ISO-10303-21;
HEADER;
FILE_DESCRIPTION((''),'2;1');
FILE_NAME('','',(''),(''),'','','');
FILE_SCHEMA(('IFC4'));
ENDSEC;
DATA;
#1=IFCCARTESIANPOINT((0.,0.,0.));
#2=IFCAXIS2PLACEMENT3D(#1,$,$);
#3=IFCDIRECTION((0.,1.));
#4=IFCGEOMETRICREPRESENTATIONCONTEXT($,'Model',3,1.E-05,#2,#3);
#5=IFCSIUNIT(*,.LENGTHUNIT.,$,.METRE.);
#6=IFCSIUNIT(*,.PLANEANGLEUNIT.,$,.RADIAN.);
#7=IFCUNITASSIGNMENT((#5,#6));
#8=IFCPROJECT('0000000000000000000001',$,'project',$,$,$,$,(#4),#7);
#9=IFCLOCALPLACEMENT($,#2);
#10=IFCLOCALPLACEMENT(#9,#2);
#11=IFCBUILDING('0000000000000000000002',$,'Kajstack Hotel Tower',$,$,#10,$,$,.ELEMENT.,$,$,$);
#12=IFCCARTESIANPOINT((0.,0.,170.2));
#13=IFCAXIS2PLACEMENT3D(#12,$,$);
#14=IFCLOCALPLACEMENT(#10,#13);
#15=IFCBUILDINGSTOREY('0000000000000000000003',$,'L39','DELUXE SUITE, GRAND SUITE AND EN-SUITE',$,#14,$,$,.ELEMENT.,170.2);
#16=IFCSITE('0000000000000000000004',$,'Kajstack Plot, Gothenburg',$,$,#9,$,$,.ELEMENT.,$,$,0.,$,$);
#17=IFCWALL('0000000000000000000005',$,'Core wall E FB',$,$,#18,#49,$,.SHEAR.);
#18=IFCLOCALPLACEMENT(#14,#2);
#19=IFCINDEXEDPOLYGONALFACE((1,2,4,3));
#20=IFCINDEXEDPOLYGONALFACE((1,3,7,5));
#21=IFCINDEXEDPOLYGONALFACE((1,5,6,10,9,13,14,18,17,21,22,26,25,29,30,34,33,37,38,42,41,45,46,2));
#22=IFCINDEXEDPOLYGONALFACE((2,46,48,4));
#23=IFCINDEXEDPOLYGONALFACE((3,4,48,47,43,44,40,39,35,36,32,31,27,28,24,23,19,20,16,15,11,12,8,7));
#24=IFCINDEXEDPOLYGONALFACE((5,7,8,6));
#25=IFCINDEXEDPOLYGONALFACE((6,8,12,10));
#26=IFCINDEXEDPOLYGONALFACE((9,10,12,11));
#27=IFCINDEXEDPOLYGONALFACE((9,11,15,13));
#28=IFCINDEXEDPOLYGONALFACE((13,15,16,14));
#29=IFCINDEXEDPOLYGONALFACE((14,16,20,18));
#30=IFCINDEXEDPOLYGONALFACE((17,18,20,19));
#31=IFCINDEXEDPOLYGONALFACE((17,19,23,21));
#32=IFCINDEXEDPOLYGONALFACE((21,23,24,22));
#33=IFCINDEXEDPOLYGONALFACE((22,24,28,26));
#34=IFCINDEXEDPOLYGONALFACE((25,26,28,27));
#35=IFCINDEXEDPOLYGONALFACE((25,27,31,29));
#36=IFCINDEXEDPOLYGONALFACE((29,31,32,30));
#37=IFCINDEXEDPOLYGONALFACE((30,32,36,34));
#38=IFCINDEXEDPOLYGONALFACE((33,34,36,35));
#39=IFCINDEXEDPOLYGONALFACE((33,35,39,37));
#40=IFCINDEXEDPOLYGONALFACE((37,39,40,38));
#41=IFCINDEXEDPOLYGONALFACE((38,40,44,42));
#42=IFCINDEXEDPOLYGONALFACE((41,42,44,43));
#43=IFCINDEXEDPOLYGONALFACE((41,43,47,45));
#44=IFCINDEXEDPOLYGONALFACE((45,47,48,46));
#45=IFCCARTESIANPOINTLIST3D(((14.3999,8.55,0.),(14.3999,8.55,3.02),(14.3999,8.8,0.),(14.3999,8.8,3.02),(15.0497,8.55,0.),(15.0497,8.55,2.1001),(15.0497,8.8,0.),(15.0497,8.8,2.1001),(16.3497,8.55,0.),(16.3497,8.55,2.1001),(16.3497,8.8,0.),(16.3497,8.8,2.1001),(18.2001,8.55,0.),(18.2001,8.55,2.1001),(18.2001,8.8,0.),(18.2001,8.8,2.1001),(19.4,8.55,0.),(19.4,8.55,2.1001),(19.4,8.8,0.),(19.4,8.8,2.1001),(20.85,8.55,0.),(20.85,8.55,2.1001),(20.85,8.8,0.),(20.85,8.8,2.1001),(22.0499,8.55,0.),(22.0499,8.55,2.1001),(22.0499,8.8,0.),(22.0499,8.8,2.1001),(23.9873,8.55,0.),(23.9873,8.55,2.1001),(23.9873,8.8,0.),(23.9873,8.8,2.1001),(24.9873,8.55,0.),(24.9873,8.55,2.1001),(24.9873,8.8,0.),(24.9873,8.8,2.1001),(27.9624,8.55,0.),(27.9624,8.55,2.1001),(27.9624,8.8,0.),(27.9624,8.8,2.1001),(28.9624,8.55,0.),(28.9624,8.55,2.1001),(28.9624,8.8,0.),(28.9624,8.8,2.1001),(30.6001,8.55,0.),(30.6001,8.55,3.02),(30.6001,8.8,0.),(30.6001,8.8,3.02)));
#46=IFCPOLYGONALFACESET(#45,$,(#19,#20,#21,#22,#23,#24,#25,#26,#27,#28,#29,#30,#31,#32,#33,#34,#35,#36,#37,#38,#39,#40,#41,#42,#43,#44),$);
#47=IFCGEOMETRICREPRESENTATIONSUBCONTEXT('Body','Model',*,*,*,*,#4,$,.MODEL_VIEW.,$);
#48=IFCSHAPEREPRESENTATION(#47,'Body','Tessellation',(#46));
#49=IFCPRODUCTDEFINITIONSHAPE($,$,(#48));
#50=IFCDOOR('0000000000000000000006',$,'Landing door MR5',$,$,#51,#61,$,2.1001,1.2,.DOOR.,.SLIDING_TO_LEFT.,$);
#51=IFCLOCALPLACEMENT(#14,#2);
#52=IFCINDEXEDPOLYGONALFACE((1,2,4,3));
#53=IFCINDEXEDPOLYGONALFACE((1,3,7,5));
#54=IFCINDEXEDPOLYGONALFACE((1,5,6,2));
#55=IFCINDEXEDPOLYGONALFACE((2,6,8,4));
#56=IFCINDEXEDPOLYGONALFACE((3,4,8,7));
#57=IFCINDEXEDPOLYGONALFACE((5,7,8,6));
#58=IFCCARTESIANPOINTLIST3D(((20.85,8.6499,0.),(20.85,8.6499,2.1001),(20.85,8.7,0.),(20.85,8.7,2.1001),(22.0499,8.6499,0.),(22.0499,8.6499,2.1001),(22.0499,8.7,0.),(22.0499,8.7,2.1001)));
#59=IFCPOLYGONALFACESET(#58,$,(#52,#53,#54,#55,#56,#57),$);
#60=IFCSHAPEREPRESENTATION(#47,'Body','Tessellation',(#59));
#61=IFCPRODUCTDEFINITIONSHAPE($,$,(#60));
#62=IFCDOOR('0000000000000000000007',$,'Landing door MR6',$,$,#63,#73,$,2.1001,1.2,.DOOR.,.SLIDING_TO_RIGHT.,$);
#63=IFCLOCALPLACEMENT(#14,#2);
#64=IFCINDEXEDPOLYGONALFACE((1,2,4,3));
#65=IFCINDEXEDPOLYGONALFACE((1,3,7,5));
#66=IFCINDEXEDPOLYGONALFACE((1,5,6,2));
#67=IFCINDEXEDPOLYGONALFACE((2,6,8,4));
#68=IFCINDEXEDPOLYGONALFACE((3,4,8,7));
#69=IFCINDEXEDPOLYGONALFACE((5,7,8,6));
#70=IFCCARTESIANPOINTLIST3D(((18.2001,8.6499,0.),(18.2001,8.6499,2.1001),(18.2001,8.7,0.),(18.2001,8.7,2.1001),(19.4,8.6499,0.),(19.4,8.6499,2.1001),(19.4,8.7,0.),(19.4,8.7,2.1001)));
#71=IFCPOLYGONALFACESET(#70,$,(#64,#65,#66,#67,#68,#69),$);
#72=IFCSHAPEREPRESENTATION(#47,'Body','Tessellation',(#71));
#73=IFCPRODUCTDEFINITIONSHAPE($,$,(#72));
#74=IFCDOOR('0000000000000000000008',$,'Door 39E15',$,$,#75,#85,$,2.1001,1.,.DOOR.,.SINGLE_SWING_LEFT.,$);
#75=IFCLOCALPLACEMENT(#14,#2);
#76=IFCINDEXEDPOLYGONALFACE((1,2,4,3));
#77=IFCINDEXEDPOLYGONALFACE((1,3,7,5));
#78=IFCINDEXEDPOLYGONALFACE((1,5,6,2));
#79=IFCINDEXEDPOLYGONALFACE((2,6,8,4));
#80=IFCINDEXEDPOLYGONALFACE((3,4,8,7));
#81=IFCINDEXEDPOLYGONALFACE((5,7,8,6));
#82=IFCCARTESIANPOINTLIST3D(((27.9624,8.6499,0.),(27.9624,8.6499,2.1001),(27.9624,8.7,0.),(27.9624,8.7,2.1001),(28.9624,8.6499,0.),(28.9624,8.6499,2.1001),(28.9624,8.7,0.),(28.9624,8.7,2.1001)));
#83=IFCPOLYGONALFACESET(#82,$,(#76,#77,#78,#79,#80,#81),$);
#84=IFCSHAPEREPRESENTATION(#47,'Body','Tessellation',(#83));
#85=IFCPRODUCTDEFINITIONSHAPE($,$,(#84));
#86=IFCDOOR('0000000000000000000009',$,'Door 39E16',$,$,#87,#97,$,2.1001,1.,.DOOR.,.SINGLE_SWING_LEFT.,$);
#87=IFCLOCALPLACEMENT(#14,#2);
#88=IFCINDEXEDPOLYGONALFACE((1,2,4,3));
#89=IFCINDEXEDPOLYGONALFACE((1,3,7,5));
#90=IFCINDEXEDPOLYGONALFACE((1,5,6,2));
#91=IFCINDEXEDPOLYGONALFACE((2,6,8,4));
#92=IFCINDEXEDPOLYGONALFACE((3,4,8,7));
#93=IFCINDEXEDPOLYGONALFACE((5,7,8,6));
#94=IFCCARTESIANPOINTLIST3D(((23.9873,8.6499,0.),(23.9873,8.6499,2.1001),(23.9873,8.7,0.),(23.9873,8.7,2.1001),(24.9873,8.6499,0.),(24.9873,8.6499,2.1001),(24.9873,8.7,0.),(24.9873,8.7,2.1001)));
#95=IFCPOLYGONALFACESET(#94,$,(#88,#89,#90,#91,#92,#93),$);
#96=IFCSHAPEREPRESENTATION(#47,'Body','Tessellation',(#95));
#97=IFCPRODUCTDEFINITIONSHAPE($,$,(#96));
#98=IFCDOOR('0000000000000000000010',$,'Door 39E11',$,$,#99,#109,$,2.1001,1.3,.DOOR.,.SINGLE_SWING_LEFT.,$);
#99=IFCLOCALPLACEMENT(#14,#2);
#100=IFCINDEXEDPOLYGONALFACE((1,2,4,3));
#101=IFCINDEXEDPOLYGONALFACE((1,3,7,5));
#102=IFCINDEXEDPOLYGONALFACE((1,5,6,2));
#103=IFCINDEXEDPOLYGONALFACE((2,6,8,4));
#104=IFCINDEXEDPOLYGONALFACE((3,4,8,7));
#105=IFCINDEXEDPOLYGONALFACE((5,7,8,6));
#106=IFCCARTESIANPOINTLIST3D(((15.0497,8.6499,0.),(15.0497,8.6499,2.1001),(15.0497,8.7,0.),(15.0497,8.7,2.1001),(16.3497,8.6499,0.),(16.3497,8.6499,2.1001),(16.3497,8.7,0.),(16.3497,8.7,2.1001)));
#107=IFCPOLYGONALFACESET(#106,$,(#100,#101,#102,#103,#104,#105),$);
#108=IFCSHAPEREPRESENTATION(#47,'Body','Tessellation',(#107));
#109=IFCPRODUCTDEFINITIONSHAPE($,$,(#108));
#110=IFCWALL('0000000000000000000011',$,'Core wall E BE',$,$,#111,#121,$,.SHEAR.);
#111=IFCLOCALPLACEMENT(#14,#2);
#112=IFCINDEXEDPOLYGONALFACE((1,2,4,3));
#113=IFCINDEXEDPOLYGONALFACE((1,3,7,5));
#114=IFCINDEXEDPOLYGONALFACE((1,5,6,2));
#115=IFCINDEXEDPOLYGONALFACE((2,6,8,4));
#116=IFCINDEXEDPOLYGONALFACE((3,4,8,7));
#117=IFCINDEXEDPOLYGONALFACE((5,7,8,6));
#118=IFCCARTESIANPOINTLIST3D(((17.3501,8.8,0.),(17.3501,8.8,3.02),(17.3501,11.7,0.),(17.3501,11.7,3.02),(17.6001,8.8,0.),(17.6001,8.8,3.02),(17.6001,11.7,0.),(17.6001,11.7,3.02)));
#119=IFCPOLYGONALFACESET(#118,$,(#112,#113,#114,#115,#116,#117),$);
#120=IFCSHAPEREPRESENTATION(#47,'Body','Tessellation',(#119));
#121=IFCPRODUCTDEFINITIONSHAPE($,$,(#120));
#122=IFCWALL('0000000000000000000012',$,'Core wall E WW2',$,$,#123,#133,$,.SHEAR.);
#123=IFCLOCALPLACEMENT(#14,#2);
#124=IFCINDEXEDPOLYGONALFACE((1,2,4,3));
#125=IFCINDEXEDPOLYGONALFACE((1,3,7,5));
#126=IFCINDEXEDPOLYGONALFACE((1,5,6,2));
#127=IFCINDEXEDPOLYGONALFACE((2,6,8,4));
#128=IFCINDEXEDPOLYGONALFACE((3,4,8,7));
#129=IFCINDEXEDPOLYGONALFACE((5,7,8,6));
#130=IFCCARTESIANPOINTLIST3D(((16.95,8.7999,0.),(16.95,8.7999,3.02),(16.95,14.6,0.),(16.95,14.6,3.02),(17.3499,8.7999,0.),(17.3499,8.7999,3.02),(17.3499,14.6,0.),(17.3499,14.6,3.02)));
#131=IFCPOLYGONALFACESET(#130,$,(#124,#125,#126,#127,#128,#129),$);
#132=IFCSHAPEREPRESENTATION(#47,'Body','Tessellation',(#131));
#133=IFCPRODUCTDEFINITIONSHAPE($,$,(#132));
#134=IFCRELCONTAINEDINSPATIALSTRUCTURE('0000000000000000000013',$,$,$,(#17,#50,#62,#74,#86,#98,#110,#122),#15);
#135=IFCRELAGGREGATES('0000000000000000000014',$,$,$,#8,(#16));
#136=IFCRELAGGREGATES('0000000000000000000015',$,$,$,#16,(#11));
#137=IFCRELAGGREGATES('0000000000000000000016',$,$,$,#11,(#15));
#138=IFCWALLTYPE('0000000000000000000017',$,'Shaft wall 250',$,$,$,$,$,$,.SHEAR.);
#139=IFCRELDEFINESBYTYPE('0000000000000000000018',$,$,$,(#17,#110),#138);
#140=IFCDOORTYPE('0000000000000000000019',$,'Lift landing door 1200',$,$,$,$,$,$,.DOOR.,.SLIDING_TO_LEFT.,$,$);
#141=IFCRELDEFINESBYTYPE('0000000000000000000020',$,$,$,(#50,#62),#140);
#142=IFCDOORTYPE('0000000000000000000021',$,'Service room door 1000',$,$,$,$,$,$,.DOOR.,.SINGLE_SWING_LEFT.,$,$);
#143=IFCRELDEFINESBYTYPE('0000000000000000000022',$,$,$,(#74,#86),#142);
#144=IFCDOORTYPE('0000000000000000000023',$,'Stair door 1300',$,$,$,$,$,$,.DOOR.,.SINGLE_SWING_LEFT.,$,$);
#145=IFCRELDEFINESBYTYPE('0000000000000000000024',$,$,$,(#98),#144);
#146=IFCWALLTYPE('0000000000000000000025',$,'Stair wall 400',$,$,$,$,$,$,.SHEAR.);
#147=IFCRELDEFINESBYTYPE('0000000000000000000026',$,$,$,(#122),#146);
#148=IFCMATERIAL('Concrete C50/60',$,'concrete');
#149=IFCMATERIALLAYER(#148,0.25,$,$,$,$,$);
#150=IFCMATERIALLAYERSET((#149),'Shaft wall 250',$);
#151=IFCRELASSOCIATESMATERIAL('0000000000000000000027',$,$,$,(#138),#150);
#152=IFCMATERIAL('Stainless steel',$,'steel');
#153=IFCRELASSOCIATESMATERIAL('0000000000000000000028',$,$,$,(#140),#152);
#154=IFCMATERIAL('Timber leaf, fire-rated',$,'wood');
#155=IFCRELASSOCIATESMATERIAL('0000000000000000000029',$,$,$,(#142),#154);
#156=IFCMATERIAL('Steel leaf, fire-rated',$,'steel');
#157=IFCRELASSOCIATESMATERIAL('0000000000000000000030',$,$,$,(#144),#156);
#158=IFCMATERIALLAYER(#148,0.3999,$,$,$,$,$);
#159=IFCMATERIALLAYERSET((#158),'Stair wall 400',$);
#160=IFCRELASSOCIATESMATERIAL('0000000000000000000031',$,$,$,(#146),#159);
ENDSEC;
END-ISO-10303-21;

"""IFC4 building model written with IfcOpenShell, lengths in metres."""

from ifc_helpers import new_model, si_unit, direction, frame, frame_2d, origin, place, context, subcontext, project, spatial, rectangle, extrude, material, layer, layer_set, type_object, element, fill, save


model = new_model("IFC4")

# Units and contexts
model_context = context("Model", 3, precision=1e-05, world=origin(), true_north=direction((0.0, 1.0)))
body_context = subcontext(model_context, "Body", "Model", "MODEL_VIEW")
ifc_project = project(units=[si_unit("LENGTHUNIT", "METRE"), si_unit("PLANEANGLEUNIT", "RADIAN")], contexts=[model_context])

# Site, building, storey
site_placement = place(None, origin())
site = spatial("IfcSite", under=ifc_project, at=site_placement, Name="Kajstack Plot, Gothenburg", CompositionType="ELEMENT", RefElevation=0.0)
building_placement = place(site_placement, origin())
building = spatial("IfcBuilding", under=site, at=building_placement, Name="Kajstack Hotel Tower", CompositionType="ELEMENT")
storey_placement = place(building_placement, frame((0.0, 0.0, 170.2)))
storey = spatial("IfcBuildingStorey", under=building, at=storey_placement, Name="L39", Description="DELUXE SUITE, GRAND SUITE AND EN-SUITE", CompositionType="ELEMENT", Elevation=170.2)

# Wall, openings, doors
ifc_material_1 = material(Name="Concrete C50/60", Category="concrete")
ifc_layer_1 = layer(ifc_material_1, 0.25)
ifc_layer_set_1 = layer_set([ifc_layer_1], Name="Shaft wall 250")
wall_type_1 = type_object("IfcWallType", Name="Shaft wall 250", PredefinedType="SHEAR", material=ifc_layer_set_1)
ifc_material_2 = material(Name="Stainless steel", Category="steel")
door_type_1 = type_object("IfcDoorType", Name="Lift landing door 1200", OperationType="SLIDING_TO_LEFT", PredefinedType="DOOR", material=ifc_material_2)
wall_1_placement = place(storey_placement, frame((14.3999, 8.675, 0.0), z_axis=(0.0, 0.0, 1.0), x_axis=(1.0, 0.0, 0.0)))
wall_1 = element("IfcWall", 1, at=wall_1_placement, inside=storey, type_object=wall_type_1, Name="Core wall E FB", PredefinedType="SHEAR", context=body_context, shape_type="SweptSolid", body=[
    extrude(rectangle(XDim=16.2002, YDim=0.25, at=frame_2d((8.1001, 0.0))), origin(), (0.0, 0.0, 1.0), 3.02),
])
opening_1_placement = place(wall_1_placement, frame((6.45, 0.0, 0.0)))
opening_1 = element("IfcOpeningElement", 2, at=opening_1_placement, cuts=wall_1, PredefinedType="OPENING", context=body_context, shape_type="SweptSolid", body=[
    extrude(rectangle(XDim=1.2, YDim=2.1001, at=frame_2d((0.6001, 1.05))), frame((0.0, 0.135, 0.0), z_axis=(0.0, -1.0, 0.0), x_axis=(1.0, 0.0, 0.0)), (0.0, 0.0, 1.0), 0.27),
])
opening_2_placement = place(wall_1_placement, frame((3.8, 0.0, 0.0)))
opening_2 = element("IfcOpeningElement", 3, at=opening_2_placement, cuts=wall_1, PredefinedType="OPENING", context=body_context, shape_type="SweptSolid", body=[
    extrude(rectangle(XDim=1.2, YDim=2.1001, at=frame_2d((0.6001, 1.05))), frame((0.0, 0.135, 0.0), z_axis=(0.0, -1.0, 0.0), x_axis=(1.0, 0.0, 0.0)), (0.0, 0.0, 1.0), 0.27),
])
opening_3_placement = place(wall_1_placement, frame((0.6499, 0.0, 0.0)))
opening_3 = element("IfcOpeningElement", 4, at=opening_3_placement, cuts=wall_1, PredefinedType="OPENING", context=body_context, shape_type="SweptSolid", body=[
    extrude(rectangle(XDim=1.3, YDim=2.1001, at=frame_2d((0.6499, 1.05))), frame((0.0, 0.135, 0.0), z_axis=(0.0, -1.0, 0.0), x_axis=(1.0, 0.0, 0.0)), (0.0, 0.0, 1.0), 0.27),
])
opening_4_placement = place(wall_1_placement, frame((13.5625, 0.0, 0.0)))
opening_4 = element("IfcOpeningElement", 5, at=opening_4_placement, cuts=wall_1, PredefinedType="OPENING", context=body_context, shape_type="SweptSolid", body=[
    extrude(rectangle(XDim=1.0, YDim=2.1001, at=frame_2d((0.5, 1.05))), frame((0.0, 0.135, 0.0), z_axis=(0.0, -1.0, 0.0), x_axis=(1.0, 0.0, 0.0)), (0.0, 0.0, 1.0), 0.27),
])
opening_5_placement = place(wall_1_placement, frame((9.5874, 0.0, 0.0)))
opening_5 = element("IfcOpeningElement", 6, at=opening_5_placement, cuts=wall_1, PredefinedType="OPENING", context=body_context, shape_type="SweptSolid", body=[
    extrude(rectangle(XDim=1.0, YDim=2.1001, at=frame_2d((0.5, 1.05))), frame((0.0, 0.135, 0.0), z_axis=(0.0, -1.0, 0.0), x_axis=(1.0, 0.0, 0.0)), (0.0, 0.0, 1.0), 0.27),
])
door_1_placement = place(opening_1_placement, origin())
door_1 = element("IfcDoor", 7, at=door_1_placement, inside=storey, type_object=door_type_1, Name="Landing door MR5", OperationType="SLIDING_TO_LEFT", OverallHeight=2.1001, OverallWidth=1.2, PredefinedType="DOOR", context=body_context, shape_type="SweptSolid", body=[
    extrude(rectangle(XDim=1.2, YDim=2.1001, at=frame_2d((0.6001, 1.05))), frame((0.0, 0.0249, 0.0), z_axis=(0.0, -1.0, 0.0), x_axis=(1.0, 0.0, 0.0)), (0.0, 0.0, 1.0), 0.05),
])
fill(opening_1, door_1)
door_2_placement = place(opening_2_placement, origin())
door_2 = element("IfcDoor", 8, at=door_2_placement, inside=storey, type_object=door_type_1, Name="Landing door MR6", OperationType="SLIDING_TO_RIGHT", OverallHeight=2.1001, OverallWidth=1.2, PredefinedType="DOOR", context=body_context, shape_type="SweptSolid", body=[
    extrude(rectangle(XDim=1.2, YDim=2.1001, at=frame_2d((0.6001, 1.05))), frame((0.0, 0.0249, 0.0), z_axis=(0.0, -1.0, 0.0), x_axis=(1.0, 0.0, 0.0)), (0.0, 0.0, 1.0), 0.05),
])
fill(opening_2, door_2)
ifc_material_3 = material(Name="Timber leaf, fire-rated", Category="wood")
door_type_2 = type_object("IfcDoorType", Name="Service room door 1000", OperationType="SINGLE_SWING_LEFT", PredefinedType="DOOR", material=ifc_material_3)
door_3_placement = place(opening_4_placement, origin())
door_3 = element("IfcDoor", 9, at=door_3_placement, inside=storey, type_object=door_type_2, Name="Door 39E15", OperationType="SINGLE_SWING_LEFT", OverallHeight=2.1001, OverallWidth=1.0, PredefinedType="DOOR", context=body_context, shape_type="SweptSolid", body=[
    extrude(rectangle(XDim=1.0, YDim=2.1001, at=frame_2d((0.5, 1.05))), frame((0.0, 0.0249, 0.0), z_axis=(0.0, -1.0, 0.0), x_axis=(1.0, 0.0, 0.0)), (0.0, 0.0, 1.0), 0.05),
])
fill(opening_4, door_3)
door_4_placement = place(opening_5_placement, origin())
door_4 = element("IfcDoor", 10, at=door_4_placement, inside=storey, type_object=door_type_2, Name="Door 39E16", OperationType="SINGLE_SWING_LEFT", OverallHeight=2.1001, OverallWidth=1.0, PredefinedType="DOOR", context=body_context, shape_type="SweptSolid", body=[
    extrude(rectangle(XDim=1.0, YDim=2.1001, at=frame_2d((0.5, 1.05))), frame((0.0, 0.0249, 0.0), z_axis=(0.0, -1.0, 0.0), x_axis=(1.0, 0.0, 0.0)), (0.0, 0.0, 1.0), 0.05),
])
fill(opening_5, door_4)
ifc_material_4 = material(Name="Steel leaf, fire-rated", Category="steel")
door_type_3 = type_object("IfcDoorType", Name="Stair door 1300", OperationType="SINGLE_SWING_LEFT", PredefinedType="DOOR", material=ifc_material_4)
door_5_placement = place(opening_3_placement, origin())
door_5 = element("IfcDoor", 11, at=door_5_placement, inside=storey, type_object=door_type_3, Name="Door 39E11", OperationType="SINGLE_SWING_LEFT", OverallHeight=2.1001, OverallWidth=1.3, PredefinedType="DOOR", context=body_context, shape_type="SweptSolid", body=[
    extrude(rectangle(XDim=1.3, YDim=2.1001, at=frame_2d((0.6499, 1.05))), frame((0.0, 0.0249, 0.0), z_axis=(0.0, -1.0, 0.0), x_axis=(1.0, 0.0, 0.0)), (0.0, 0.0, 1.0), 0.05),
])
fill(opening_3, door_5)

# Walls
wall_2_placement = place(storey_placement, frame((17.4751, 8.8, 0.0), z_axis=(0.0, 0.0, 1.0), x_axis=(0.0, 1.0, 0.0)))
element("IfcWall", 12, at=wall_2_placement, inside=storey, type_object=wall_type_1, Name="Core wall E BE", PredefinedType="SHEAR", context=body_context, shape_type="SweptSolid", body=[
    extrude(rectangle(XDim=2.8999, YDim=0.25, at=frame_2d((1.45, 0.0))), origin(), (0.0, 0.0, 1.0), 3.02),
])
ifc_layer_2 = layer(ifc_material_1, 0.3999)
ifc_layer_set_2 = layer_set([ifc_layer_2], Name="Stair wall 400")
wall_type_2 = type_object("IfcWallType", Name="Stair wall 400", PredefinedType="SHEAR", material=ifc_layer_set_2)
wall_3_placement = place(storey_placement, frame((17.1499, 8.8, 0.0), z_axis=(0.0, 0.0, 1.0), x_axis=(0.0, 1.0, 0.0)))
element("IfcWall", 13, at=wall_3_placement, inside=storey, type_object=wall_type_2, Name="Core wall E WW2", PredefinedType="SHEAR", context=body_context, shape_type="SweptSolid", body=[
    extrude(rectangle(XDim=5.8, YDim=0.3999, at=frame_2d((2.8999, 0.0))), origin(), (0.0, 0.0, 1.0), 3.02),
])

save(model, "model.ifc")
